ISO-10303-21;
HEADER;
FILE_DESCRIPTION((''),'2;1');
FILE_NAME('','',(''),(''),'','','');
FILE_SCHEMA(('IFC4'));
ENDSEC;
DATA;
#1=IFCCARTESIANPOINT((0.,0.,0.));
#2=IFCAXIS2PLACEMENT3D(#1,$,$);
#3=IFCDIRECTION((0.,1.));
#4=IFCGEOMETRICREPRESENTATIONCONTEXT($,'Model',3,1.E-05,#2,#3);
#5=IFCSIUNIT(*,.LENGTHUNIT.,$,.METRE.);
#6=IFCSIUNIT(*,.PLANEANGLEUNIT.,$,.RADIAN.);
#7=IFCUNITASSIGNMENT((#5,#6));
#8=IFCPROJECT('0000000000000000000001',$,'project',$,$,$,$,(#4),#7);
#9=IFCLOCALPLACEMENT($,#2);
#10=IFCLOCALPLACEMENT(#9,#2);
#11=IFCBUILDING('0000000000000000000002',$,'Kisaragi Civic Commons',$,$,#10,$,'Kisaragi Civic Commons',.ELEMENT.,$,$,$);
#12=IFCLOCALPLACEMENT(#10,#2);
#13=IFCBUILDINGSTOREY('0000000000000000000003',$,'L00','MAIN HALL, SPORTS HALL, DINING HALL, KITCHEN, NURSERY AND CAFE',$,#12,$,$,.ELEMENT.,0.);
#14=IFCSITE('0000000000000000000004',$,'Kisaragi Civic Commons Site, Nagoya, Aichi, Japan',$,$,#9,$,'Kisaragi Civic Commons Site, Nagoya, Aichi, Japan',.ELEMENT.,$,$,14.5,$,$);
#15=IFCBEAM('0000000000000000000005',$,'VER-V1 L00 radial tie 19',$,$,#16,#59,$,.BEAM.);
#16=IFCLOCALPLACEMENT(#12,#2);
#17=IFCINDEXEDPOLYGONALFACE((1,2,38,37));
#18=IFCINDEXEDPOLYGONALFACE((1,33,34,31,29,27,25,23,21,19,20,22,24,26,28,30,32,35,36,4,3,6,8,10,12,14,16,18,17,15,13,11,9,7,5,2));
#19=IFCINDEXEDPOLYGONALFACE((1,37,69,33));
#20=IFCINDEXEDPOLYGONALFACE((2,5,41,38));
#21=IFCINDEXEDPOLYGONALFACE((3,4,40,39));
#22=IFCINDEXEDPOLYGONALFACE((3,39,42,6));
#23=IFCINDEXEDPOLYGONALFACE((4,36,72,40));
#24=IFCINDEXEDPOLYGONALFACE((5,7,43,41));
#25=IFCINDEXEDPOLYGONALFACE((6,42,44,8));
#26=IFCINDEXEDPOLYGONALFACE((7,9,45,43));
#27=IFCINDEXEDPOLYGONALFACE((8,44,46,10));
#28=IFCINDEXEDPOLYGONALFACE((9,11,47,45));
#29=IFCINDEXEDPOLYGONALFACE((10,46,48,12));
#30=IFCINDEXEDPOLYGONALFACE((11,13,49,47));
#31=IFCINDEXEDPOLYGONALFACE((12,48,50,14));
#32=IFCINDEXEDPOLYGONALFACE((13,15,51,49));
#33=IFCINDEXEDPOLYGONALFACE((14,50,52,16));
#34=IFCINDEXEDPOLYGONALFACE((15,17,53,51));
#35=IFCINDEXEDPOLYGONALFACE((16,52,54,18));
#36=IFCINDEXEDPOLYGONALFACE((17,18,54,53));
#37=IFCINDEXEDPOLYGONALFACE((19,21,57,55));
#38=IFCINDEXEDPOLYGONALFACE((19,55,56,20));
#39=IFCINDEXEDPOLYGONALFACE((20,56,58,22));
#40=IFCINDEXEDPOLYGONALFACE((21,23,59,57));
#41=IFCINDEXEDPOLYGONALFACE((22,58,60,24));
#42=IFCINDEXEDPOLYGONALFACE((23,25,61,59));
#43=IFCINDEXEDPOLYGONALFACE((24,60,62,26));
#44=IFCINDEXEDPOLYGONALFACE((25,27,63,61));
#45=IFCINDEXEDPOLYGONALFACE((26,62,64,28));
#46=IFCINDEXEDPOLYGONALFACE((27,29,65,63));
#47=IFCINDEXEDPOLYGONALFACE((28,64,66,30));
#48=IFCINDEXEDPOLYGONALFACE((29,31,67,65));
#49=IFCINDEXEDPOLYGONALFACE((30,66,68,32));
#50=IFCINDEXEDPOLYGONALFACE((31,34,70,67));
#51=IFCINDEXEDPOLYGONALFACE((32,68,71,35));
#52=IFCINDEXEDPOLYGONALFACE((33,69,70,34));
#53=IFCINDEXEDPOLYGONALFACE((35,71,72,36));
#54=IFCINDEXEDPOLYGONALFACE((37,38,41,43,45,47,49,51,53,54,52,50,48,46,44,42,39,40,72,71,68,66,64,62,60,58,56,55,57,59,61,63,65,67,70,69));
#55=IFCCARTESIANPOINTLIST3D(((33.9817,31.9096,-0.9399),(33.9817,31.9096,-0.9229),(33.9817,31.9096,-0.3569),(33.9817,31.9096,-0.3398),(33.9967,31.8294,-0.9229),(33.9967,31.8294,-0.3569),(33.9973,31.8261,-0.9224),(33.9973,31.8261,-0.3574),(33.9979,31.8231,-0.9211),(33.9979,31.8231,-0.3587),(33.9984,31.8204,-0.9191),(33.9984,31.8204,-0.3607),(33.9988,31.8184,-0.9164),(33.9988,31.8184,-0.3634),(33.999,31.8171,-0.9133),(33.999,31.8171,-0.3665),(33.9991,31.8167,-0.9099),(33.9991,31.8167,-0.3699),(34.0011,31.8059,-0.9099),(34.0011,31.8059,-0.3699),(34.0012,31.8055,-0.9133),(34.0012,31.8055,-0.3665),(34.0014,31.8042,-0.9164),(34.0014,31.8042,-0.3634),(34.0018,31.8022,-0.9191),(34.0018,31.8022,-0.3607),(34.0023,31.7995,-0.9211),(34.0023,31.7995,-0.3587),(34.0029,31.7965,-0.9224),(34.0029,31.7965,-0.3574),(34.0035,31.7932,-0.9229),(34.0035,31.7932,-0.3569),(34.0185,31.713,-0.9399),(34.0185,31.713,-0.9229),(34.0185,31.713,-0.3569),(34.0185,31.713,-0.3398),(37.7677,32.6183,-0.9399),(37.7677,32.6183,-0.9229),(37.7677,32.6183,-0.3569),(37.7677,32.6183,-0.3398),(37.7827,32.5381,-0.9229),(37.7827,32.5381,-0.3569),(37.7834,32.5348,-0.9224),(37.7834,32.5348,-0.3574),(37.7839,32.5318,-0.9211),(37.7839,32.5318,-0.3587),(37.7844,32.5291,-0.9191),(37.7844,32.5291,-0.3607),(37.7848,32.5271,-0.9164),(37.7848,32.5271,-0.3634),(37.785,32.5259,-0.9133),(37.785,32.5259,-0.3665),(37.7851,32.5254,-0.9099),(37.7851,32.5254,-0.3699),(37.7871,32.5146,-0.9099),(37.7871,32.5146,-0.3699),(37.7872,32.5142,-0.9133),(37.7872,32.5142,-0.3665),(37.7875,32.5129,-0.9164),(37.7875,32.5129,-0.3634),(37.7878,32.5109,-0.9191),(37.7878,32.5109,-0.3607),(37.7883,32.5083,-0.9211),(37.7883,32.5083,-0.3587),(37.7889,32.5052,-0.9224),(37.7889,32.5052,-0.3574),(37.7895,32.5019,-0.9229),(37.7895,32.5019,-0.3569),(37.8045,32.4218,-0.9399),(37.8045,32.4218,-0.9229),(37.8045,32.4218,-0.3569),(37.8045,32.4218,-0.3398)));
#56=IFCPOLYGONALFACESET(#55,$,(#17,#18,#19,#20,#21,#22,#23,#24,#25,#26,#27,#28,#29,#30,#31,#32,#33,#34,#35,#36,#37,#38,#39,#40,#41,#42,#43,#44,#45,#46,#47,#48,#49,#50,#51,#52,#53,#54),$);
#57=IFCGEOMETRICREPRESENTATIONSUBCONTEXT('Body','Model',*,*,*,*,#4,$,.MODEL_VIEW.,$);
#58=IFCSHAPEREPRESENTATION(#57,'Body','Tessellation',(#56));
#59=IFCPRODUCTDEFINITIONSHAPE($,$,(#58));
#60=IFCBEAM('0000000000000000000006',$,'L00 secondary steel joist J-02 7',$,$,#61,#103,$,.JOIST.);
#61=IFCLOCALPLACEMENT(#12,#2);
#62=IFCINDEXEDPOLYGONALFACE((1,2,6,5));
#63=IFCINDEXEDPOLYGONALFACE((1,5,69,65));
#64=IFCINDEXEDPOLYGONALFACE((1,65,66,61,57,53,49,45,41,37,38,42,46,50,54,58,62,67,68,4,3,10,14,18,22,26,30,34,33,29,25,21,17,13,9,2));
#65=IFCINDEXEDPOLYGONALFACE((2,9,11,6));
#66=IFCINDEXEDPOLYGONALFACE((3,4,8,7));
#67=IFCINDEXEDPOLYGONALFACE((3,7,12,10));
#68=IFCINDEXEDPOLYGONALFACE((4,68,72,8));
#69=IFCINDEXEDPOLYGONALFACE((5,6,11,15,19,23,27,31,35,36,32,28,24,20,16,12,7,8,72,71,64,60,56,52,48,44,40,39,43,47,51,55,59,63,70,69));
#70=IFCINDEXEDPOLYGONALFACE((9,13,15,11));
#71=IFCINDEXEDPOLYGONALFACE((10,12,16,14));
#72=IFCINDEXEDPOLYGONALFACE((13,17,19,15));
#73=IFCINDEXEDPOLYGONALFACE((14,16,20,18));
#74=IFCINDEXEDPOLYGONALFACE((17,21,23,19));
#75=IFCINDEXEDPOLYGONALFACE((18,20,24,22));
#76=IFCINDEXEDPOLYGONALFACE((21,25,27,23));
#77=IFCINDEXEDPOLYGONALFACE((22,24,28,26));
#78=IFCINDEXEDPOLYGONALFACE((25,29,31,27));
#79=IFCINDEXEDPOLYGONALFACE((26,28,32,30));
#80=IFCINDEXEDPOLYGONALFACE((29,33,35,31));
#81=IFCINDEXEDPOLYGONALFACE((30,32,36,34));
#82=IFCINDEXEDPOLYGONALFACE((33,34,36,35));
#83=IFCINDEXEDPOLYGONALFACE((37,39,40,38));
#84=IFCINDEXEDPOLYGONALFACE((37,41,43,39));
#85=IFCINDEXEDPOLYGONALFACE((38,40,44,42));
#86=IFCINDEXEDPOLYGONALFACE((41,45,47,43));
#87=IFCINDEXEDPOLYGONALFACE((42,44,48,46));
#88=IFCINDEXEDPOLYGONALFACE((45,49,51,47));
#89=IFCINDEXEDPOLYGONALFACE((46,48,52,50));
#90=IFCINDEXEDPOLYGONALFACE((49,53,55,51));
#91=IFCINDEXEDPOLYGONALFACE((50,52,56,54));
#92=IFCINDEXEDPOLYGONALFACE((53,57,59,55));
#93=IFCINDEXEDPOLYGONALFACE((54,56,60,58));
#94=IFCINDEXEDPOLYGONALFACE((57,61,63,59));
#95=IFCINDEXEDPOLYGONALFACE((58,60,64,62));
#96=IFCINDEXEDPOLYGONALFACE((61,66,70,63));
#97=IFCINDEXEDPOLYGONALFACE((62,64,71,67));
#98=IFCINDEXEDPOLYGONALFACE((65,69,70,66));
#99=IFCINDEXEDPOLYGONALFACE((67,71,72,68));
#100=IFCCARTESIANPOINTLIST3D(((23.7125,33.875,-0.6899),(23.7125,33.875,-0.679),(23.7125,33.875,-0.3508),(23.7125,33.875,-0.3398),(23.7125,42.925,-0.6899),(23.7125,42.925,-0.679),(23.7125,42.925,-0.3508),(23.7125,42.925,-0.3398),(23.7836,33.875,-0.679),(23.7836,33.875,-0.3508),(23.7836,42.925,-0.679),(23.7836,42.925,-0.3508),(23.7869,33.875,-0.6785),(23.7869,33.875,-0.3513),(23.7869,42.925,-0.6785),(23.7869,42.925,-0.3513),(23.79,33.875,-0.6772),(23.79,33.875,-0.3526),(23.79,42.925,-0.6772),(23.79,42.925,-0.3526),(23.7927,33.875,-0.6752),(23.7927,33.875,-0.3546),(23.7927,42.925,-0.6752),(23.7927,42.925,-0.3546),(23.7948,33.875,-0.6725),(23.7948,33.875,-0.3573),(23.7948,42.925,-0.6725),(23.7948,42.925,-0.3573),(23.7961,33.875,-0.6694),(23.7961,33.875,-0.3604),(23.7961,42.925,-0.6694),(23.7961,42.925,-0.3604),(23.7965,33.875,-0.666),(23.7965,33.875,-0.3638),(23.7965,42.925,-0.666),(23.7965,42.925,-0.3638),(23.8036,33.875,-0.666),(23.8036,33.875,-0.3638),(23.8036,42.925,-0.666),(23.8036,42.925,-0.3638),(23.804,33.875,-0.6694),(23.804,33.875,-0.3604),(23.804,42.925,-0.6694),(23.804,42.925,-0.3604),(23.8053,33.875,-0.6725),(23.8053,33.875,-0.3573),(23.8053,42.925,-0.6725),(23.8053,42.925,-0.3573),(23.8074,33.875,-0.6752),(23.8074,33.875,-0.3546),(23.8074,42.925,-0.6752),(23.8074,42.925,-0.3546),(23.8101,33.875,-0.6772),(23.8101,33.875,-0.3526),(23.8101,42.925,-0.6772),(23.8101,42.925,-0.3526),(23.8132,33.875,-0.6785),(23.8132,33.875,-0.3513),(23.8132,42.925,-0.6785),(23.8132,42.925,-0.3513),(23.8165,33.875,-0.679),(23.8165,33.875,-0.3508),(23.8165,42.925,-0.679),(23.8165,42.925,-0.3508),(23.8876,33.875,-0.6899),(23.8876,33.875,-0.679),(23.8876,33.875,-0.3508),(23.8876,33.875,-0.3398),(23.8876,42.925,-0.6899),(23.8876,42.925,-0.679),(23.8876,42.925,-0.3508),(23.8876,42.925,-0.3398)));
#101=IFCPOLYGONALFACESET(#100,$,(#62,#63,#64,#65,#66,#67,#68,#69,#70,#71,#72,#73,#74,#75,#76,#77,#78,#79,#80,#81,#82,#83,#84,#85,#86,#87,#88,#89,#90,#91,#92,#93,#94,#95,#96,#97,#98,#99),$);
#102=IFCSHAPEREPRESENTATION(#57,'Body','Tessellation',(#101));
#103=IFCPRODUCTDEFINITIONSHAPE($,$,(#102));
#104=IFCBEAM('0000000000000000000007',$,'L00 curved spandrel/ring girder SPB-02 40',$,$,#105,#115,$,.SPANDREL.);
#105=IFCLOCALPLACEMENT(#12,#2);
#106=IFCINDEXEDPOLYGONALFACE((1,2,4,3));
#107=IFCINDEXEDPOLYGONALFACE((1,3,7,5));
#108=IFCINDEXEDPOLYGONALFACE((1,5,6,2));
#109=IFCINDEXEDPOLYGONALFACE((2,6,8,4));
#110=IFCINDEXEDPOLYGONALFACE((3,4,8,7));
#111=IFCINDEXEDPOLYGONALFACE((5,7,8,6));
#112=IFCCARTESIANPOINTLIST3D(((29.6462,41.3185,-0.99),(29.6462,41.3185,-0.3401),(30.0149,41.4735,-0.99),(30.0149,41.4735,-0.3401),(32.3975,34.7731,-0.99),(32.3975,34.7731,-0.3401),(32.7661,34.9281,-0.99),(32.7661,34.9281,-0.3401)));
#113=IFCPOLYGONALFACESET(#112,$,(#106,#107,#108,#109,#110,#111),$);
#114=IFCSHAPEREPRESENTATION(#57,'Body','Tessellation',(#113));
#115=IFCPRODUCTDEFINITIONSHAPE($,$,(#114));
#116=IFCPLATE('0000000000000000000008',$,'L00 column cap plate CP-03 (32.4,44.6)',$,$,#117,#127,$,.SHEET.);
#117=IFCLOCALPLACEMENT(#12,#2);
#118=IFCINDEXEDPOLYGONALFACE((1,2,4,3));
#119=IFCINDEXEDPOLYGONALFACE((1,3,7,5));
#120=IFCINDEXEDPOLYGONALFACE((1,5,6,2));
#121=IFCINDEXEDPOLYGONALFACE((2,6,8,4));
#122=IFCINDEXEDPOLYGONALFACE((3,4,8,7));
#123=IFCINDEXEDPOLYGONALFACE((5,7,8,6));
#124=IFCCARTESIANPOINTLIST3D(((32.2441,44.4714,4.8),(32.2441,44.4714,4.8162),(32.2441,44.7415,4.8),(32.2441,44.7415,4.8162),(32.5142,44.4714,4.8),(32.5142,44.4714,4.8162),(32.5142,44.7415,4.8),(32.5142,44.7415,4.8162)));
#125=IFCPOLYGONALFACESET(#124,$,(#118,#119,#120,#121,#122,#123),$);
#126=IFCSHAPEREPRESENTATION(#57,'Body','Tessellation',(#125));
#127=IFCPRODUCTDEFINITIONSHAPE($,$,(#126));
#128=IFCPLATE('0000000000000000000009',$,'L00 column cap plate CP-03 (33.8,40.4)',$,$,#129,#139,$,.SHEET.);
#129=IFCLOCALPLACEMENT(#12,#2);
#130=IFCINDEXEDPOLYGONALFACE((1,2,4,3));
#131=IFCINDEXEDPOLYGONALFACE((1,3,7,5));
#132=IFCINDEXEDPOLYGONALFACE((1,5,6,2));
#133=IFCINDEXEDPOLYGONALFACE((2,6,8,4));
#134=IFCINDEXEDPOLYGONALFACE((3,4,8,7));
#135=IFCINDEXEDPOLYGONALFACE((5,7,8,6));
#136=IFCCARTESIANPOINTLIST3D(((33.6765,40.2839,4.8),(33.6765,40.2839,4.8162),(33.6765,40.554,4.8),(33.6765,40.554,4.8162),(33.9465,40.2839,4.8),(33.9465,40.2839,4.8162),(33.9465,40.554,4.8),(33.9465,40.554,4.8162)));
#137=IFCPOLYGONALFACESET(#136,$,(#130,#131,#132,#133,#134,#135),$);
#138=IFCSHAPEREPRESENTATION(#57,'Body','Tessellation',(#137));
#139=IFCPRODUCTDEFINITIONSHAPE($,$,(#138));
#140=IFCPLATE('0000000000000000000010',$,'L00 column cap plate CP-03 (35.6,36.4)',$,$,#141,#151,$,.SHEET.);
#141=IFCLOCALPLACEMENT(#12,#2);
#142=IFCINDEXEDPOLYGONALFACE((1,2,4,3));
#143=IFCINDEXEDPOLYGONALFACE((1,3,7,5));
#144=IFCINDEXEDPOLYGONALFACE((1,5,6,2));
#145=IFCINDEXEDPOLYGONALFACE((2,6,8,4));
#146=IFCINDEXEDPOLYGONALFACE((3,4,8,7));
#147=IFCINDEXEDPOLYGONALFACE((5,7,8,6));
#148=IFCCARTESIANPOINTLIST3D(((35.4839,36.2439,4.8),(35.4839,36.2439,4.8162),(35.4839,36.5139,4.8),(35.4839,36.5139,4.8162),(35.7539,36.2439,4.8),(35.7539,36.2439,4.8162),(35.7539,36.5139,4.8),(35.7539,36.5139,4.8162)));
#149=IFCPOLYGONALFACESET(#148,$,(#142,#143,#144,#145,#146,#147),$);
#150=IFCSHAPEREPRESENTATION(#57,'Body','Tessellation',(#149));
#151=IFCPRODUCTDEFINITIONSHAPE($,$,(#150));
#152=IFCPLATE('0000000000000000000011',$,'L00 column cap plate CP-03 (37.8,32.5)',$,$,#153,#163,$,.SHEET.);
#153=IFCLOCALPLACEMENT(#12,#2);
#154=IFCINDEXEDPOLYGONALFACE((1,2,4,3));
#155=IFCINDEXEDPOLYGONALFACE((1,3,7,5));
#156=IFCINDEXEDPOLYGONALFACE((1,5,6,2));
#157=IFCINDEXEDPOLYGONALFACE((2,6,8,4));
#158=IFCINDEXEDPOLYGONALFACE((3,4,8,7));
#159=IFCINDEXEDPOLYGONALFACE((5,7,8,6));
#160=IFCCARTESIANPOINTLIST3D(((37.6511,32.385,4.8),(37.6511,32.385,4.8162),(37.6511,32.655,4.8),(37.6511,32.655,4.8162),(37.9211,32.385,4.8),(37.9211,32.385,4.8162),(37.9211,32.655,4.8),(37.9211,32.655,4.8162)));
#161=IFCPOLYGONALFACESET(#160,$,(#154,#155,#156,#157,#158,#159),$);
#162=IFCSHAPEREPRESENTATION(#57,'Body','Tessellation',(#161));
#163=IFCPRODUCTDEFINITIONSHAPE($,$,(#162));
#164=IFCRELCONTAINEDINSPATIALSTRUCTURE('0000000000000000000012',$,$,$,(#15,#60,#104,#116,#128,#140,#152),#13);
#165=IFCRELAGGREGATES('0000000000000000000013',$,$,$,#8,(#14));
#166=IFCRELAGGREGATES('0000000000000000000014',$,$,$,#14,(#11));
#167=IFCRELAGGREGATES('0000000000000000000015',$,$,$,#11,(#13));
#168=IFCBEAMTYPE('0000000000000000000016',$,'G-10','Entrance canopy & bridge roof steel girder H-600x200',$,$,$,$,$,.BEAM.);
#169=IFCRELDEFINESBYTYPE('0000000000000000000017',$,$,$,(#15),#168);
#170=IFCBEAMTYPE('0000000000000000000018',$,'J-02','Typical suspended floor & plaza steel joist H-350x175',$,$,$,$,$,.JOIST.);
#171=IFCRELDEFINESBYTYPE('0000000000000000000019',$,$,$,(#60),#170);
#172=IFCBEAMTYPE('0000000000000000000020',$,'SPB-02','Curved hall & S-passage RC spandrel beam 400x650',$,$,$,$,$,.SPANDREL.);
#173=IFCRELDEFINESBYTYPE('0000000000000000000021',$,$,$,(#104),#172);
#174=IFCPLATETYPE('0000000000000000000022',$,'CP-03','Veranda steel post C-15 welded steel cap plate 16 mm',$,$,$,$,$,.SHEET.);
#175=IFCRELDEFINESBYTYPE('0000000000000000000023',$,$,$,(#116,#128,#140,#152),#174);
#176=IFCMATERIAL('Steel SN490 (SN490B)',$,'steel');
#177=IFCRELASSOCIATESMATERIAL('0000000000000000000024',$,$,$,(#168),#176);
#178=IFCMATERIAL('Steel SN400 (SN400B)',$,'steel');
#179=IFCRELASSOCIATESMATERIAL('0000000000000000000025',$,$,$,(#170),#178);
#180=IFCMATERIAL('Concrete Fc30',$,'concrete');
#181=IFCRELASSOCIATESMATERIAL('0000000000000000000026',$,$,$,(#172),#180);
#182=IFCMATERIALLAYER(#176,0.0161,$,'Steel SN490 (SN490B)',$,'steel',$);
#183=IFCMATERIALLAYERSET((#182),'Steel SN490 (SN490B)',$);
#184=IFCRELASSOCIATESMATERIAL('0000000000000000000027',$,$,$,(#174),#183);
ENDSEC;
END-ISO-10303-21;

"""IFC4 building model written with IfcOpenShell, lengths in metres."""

from ifc_helpers import new_model, si_unit, direction, frame, origin, origin_2d, place, context, subcontext, project, spatial, rectangle, i_section, extrude, material, layer, layer_set, material_profile, profile_set, type_object, element, save


model = new_model("IFC4")

# Units and contexts
model_context = context("Model", 3, precision=1e-05, world=origin(), true_north=direction((0.0, 1.0)))
body_context = subcontext(model_context, "Body", "Model", "MODEL_VIEW")
ifc_project = project(units=[si_unit("LENGTHUNIT", "METRE"), si_unit("PLANEANGLEUNIT", "RADIAN")], contexts=[model_context])

# Site, building, storey
site_placement = place(None, origin())
site = spatial("IfcSite", under=ifc_project, at=site_placement, Name="Kisaragi Civic Commons Site, Nagoya, Aichi, Japan", LongName="Kisaragi Civic Commons Site, Nagoya, Aichi, Japan", CompositionType="ELEMENT", RefElevation=14.5)
building_placement = place(site_placement, origin())
building = spatial("IfcBuilding", under=site, at=building_placement, Name="Kisaragi Civic Commons", LongName="Kisaragi Civic Commons", CompositionType="ELEMENT")
storey_placement = place(building_placement, origin())
storey = spatial("IfcBuildingStorey", under=building, at=storey_placement, Name="L00", Description="MAIN HALL, SPORTS HALL, DINING HALL, KITCHEN, NURSERY AND CAFE", CompositionType="ELEMENT", Elevation=0.0)

# Shared definitions
ifc_material_1 = material(Name="Concrete Fc30", Category="concrete")

# Beams
ifc_material_2 = material(Name="Steel SN490 (SN490B)", Category="steel")
ifc_material_profile_1 = material_profile(ifc_material_2, i_section(OverallWidth=0.2, OverallDepth=0.6001, WebThickness=0.011, FlangeThickness=0.0171, FilletRadius=0.0129, at=origin_2d()), Name="H-600x200x11x17", Category="steel")
ifc_profile_set_1 = profile_set([ifc_material_profile_1], Name="Steel SN490 (SN490B)")
beam_type_1 = type_object("IfcBeamType", Name="G-10", Description="Entrance canopy & bridge roof steel girder H-600x200", PredefinedType="BEAM", material=ifc_profile_set_1)
beam_1_placement = place(storey_placement, frame((37.7861, 32.52, -0.6399), z_axis=(-0.982927, -0.183998, 0.0), x_axis=(0.183998, -0.982927, 0.0)))
element("IfcBeam", 1, at=beam_1_placement, inside=storey, type_object=beam_type_1, Name="VER-V1 L00 radial tie 19", PredefinedType="BEAM", context=body_context, shape_type="SweptSolid", body=[
    extrude(i_section(OverallWidth=0.2, OverallDepth=0.6001, WebThickness=0.011, FlangeThickness=0.0171, FilletRadius=0.0129, at=origin_2d()), origin(), (0.0, 0.0, 1.0), 3.8518),
])
ifc_material_3 = material(Name="Steel SN400 (SN400B)", Category="steel")
ifc_material_profile_2 = material_profile(ifc_material_3, i_section(OverallWidth=0.175, OverallDepth=0.3501, WebThickness=0.0071, FlangeThickness=0.011, FilletRadius=0.0129, at=origin_2d()), Name="H-350x175x7x11", Category="steel")
ifc_profile_set_2 = profile_set([ifc_material_profile_2], Name="Steel SN400 (SN400B)")
beam_type_2 = type_object("IfcBeamType", Name="J-02", Description="Typical suspended floor & plaza steel joist H-350x175", PredefinedType="JOIST", material=ifc_profile_set_2)
beam_2_placement = place(storey_placement, frame((23.8, 33.875, -0.5149), z_axis=(0.0, 1.0, 0.0), x_axis=(-1.0, 0.0, 0.0)))
element("IfcBeam", 2, at=beam_2_placement, inside=storey, type_object=beam_type_2, Name="L00 secondary steel joist J-02 7", PredefinedType="JOIST", context=body_context, shape_type="SweptSolid", body=[
    extrude(i_section(OverallWidth=0.175, OverallDepth=0.3501, WebThickness=0.0071, FlangeThickness=0.011, FilletRadius=0.0129, at=origin_2d()), origin(), (0.0, 0.0, 1.0), 9.05),
])
ifc_material_profile_3 = material_profile(ifc_material_1, rectangle(XDim=0.3999, YDim=0.6499, at=origin_2d()), Name="RC-400x650", Category="concrete")
ifc_profile_set_3 = profile_set([ifc_material_profile_3], Name="Concrete Fc30")
beam_type_3 = type_object("IfcBeamType", Name="SPB-02", Description="Curved hall & S-passage RC spandrel beam 400x650", PredefinedType="SPANDREL", material=ifc_profile_set_3)
beam_3_placement = place(storey_placement, frame((29.8306, 41.396, -0.665), z_axis=(0.38749, -0.921874, 0.0), x_axis=(0.921874, 0.38749, 0.0)))
element("IfcBeam", 3, at=beam_3_placement, inside=storey, type_object=beam_type_3, Name="L00 curved spandrel/ring girder SPB-02 40", PredefinedType="SPANDREL", context=body_context, shape_type="SweptSolid", body=[
    extrude(rectangle(XDim=0.3999, YDim=0.6499, at=origin_2d()), origin(), (0.0, 0.0, 1.0), 7.1001),
])

# Plates
ifc_layer_1 = layer(ifc_material_2, 0.0161, Name="Steel SN490 (SN490B)", Category="steel")
ifc_layer_set_1 = layer_set([ifc_layer_1], Name="Steel SN490 (SN490B)")
plate_type = type_object("IfcPlateType", Name="CP-03", Description="Veranda steel post C-15 welded steel cap plate 16 mm", PredefinedType="SHEET", material=ifc_layer_set_1)
for number, where, z_axis, x_axis, name in (
    (4, (32.3792, 44.6064, 4.8), (0.0, 0.0, 1.0), (1.0, 0.0, 0.0), "L00 column cap plate CP-03 (32.4,44.6)"),
    (5, (33.8115, 40.4189, 4.8), (0.0, 0.0, 1.0), (1.0, 0.0, 0.0), "L00 column cap plate CP-03 (33.8,40.4)"),
    (6, (35.6189, 36.3789, 4.8), (0.0, 0.0, 1.0), (1.0, 0.0, 0.0), "L00 column cap plate CP-03 (35.6,36.4)"),
    (7, (37.7861, 32.52, 4.8), (0.0, 0.0, 1.0), (1.0, 0.0, 0.0), "L00 column cap plate CP-03 (37.8,32.5)"),
):
    element("IfcPlate", number, at=place(storey_placement, frame(where, z_axis=z_axis, x_axis=x_axis)), inside=storey, type_object=plate_type, Name=name, PredefinedType="SHEET", context=body_context, shape_type="SweptSolid", body=[
        extrude(rectangle(XDim=0.27, YDim=0.27, at=origin_2d()), origin(), (0.0, 0.0, 1.0), 0.0161),
    ])

save(model, "model.ifc")
